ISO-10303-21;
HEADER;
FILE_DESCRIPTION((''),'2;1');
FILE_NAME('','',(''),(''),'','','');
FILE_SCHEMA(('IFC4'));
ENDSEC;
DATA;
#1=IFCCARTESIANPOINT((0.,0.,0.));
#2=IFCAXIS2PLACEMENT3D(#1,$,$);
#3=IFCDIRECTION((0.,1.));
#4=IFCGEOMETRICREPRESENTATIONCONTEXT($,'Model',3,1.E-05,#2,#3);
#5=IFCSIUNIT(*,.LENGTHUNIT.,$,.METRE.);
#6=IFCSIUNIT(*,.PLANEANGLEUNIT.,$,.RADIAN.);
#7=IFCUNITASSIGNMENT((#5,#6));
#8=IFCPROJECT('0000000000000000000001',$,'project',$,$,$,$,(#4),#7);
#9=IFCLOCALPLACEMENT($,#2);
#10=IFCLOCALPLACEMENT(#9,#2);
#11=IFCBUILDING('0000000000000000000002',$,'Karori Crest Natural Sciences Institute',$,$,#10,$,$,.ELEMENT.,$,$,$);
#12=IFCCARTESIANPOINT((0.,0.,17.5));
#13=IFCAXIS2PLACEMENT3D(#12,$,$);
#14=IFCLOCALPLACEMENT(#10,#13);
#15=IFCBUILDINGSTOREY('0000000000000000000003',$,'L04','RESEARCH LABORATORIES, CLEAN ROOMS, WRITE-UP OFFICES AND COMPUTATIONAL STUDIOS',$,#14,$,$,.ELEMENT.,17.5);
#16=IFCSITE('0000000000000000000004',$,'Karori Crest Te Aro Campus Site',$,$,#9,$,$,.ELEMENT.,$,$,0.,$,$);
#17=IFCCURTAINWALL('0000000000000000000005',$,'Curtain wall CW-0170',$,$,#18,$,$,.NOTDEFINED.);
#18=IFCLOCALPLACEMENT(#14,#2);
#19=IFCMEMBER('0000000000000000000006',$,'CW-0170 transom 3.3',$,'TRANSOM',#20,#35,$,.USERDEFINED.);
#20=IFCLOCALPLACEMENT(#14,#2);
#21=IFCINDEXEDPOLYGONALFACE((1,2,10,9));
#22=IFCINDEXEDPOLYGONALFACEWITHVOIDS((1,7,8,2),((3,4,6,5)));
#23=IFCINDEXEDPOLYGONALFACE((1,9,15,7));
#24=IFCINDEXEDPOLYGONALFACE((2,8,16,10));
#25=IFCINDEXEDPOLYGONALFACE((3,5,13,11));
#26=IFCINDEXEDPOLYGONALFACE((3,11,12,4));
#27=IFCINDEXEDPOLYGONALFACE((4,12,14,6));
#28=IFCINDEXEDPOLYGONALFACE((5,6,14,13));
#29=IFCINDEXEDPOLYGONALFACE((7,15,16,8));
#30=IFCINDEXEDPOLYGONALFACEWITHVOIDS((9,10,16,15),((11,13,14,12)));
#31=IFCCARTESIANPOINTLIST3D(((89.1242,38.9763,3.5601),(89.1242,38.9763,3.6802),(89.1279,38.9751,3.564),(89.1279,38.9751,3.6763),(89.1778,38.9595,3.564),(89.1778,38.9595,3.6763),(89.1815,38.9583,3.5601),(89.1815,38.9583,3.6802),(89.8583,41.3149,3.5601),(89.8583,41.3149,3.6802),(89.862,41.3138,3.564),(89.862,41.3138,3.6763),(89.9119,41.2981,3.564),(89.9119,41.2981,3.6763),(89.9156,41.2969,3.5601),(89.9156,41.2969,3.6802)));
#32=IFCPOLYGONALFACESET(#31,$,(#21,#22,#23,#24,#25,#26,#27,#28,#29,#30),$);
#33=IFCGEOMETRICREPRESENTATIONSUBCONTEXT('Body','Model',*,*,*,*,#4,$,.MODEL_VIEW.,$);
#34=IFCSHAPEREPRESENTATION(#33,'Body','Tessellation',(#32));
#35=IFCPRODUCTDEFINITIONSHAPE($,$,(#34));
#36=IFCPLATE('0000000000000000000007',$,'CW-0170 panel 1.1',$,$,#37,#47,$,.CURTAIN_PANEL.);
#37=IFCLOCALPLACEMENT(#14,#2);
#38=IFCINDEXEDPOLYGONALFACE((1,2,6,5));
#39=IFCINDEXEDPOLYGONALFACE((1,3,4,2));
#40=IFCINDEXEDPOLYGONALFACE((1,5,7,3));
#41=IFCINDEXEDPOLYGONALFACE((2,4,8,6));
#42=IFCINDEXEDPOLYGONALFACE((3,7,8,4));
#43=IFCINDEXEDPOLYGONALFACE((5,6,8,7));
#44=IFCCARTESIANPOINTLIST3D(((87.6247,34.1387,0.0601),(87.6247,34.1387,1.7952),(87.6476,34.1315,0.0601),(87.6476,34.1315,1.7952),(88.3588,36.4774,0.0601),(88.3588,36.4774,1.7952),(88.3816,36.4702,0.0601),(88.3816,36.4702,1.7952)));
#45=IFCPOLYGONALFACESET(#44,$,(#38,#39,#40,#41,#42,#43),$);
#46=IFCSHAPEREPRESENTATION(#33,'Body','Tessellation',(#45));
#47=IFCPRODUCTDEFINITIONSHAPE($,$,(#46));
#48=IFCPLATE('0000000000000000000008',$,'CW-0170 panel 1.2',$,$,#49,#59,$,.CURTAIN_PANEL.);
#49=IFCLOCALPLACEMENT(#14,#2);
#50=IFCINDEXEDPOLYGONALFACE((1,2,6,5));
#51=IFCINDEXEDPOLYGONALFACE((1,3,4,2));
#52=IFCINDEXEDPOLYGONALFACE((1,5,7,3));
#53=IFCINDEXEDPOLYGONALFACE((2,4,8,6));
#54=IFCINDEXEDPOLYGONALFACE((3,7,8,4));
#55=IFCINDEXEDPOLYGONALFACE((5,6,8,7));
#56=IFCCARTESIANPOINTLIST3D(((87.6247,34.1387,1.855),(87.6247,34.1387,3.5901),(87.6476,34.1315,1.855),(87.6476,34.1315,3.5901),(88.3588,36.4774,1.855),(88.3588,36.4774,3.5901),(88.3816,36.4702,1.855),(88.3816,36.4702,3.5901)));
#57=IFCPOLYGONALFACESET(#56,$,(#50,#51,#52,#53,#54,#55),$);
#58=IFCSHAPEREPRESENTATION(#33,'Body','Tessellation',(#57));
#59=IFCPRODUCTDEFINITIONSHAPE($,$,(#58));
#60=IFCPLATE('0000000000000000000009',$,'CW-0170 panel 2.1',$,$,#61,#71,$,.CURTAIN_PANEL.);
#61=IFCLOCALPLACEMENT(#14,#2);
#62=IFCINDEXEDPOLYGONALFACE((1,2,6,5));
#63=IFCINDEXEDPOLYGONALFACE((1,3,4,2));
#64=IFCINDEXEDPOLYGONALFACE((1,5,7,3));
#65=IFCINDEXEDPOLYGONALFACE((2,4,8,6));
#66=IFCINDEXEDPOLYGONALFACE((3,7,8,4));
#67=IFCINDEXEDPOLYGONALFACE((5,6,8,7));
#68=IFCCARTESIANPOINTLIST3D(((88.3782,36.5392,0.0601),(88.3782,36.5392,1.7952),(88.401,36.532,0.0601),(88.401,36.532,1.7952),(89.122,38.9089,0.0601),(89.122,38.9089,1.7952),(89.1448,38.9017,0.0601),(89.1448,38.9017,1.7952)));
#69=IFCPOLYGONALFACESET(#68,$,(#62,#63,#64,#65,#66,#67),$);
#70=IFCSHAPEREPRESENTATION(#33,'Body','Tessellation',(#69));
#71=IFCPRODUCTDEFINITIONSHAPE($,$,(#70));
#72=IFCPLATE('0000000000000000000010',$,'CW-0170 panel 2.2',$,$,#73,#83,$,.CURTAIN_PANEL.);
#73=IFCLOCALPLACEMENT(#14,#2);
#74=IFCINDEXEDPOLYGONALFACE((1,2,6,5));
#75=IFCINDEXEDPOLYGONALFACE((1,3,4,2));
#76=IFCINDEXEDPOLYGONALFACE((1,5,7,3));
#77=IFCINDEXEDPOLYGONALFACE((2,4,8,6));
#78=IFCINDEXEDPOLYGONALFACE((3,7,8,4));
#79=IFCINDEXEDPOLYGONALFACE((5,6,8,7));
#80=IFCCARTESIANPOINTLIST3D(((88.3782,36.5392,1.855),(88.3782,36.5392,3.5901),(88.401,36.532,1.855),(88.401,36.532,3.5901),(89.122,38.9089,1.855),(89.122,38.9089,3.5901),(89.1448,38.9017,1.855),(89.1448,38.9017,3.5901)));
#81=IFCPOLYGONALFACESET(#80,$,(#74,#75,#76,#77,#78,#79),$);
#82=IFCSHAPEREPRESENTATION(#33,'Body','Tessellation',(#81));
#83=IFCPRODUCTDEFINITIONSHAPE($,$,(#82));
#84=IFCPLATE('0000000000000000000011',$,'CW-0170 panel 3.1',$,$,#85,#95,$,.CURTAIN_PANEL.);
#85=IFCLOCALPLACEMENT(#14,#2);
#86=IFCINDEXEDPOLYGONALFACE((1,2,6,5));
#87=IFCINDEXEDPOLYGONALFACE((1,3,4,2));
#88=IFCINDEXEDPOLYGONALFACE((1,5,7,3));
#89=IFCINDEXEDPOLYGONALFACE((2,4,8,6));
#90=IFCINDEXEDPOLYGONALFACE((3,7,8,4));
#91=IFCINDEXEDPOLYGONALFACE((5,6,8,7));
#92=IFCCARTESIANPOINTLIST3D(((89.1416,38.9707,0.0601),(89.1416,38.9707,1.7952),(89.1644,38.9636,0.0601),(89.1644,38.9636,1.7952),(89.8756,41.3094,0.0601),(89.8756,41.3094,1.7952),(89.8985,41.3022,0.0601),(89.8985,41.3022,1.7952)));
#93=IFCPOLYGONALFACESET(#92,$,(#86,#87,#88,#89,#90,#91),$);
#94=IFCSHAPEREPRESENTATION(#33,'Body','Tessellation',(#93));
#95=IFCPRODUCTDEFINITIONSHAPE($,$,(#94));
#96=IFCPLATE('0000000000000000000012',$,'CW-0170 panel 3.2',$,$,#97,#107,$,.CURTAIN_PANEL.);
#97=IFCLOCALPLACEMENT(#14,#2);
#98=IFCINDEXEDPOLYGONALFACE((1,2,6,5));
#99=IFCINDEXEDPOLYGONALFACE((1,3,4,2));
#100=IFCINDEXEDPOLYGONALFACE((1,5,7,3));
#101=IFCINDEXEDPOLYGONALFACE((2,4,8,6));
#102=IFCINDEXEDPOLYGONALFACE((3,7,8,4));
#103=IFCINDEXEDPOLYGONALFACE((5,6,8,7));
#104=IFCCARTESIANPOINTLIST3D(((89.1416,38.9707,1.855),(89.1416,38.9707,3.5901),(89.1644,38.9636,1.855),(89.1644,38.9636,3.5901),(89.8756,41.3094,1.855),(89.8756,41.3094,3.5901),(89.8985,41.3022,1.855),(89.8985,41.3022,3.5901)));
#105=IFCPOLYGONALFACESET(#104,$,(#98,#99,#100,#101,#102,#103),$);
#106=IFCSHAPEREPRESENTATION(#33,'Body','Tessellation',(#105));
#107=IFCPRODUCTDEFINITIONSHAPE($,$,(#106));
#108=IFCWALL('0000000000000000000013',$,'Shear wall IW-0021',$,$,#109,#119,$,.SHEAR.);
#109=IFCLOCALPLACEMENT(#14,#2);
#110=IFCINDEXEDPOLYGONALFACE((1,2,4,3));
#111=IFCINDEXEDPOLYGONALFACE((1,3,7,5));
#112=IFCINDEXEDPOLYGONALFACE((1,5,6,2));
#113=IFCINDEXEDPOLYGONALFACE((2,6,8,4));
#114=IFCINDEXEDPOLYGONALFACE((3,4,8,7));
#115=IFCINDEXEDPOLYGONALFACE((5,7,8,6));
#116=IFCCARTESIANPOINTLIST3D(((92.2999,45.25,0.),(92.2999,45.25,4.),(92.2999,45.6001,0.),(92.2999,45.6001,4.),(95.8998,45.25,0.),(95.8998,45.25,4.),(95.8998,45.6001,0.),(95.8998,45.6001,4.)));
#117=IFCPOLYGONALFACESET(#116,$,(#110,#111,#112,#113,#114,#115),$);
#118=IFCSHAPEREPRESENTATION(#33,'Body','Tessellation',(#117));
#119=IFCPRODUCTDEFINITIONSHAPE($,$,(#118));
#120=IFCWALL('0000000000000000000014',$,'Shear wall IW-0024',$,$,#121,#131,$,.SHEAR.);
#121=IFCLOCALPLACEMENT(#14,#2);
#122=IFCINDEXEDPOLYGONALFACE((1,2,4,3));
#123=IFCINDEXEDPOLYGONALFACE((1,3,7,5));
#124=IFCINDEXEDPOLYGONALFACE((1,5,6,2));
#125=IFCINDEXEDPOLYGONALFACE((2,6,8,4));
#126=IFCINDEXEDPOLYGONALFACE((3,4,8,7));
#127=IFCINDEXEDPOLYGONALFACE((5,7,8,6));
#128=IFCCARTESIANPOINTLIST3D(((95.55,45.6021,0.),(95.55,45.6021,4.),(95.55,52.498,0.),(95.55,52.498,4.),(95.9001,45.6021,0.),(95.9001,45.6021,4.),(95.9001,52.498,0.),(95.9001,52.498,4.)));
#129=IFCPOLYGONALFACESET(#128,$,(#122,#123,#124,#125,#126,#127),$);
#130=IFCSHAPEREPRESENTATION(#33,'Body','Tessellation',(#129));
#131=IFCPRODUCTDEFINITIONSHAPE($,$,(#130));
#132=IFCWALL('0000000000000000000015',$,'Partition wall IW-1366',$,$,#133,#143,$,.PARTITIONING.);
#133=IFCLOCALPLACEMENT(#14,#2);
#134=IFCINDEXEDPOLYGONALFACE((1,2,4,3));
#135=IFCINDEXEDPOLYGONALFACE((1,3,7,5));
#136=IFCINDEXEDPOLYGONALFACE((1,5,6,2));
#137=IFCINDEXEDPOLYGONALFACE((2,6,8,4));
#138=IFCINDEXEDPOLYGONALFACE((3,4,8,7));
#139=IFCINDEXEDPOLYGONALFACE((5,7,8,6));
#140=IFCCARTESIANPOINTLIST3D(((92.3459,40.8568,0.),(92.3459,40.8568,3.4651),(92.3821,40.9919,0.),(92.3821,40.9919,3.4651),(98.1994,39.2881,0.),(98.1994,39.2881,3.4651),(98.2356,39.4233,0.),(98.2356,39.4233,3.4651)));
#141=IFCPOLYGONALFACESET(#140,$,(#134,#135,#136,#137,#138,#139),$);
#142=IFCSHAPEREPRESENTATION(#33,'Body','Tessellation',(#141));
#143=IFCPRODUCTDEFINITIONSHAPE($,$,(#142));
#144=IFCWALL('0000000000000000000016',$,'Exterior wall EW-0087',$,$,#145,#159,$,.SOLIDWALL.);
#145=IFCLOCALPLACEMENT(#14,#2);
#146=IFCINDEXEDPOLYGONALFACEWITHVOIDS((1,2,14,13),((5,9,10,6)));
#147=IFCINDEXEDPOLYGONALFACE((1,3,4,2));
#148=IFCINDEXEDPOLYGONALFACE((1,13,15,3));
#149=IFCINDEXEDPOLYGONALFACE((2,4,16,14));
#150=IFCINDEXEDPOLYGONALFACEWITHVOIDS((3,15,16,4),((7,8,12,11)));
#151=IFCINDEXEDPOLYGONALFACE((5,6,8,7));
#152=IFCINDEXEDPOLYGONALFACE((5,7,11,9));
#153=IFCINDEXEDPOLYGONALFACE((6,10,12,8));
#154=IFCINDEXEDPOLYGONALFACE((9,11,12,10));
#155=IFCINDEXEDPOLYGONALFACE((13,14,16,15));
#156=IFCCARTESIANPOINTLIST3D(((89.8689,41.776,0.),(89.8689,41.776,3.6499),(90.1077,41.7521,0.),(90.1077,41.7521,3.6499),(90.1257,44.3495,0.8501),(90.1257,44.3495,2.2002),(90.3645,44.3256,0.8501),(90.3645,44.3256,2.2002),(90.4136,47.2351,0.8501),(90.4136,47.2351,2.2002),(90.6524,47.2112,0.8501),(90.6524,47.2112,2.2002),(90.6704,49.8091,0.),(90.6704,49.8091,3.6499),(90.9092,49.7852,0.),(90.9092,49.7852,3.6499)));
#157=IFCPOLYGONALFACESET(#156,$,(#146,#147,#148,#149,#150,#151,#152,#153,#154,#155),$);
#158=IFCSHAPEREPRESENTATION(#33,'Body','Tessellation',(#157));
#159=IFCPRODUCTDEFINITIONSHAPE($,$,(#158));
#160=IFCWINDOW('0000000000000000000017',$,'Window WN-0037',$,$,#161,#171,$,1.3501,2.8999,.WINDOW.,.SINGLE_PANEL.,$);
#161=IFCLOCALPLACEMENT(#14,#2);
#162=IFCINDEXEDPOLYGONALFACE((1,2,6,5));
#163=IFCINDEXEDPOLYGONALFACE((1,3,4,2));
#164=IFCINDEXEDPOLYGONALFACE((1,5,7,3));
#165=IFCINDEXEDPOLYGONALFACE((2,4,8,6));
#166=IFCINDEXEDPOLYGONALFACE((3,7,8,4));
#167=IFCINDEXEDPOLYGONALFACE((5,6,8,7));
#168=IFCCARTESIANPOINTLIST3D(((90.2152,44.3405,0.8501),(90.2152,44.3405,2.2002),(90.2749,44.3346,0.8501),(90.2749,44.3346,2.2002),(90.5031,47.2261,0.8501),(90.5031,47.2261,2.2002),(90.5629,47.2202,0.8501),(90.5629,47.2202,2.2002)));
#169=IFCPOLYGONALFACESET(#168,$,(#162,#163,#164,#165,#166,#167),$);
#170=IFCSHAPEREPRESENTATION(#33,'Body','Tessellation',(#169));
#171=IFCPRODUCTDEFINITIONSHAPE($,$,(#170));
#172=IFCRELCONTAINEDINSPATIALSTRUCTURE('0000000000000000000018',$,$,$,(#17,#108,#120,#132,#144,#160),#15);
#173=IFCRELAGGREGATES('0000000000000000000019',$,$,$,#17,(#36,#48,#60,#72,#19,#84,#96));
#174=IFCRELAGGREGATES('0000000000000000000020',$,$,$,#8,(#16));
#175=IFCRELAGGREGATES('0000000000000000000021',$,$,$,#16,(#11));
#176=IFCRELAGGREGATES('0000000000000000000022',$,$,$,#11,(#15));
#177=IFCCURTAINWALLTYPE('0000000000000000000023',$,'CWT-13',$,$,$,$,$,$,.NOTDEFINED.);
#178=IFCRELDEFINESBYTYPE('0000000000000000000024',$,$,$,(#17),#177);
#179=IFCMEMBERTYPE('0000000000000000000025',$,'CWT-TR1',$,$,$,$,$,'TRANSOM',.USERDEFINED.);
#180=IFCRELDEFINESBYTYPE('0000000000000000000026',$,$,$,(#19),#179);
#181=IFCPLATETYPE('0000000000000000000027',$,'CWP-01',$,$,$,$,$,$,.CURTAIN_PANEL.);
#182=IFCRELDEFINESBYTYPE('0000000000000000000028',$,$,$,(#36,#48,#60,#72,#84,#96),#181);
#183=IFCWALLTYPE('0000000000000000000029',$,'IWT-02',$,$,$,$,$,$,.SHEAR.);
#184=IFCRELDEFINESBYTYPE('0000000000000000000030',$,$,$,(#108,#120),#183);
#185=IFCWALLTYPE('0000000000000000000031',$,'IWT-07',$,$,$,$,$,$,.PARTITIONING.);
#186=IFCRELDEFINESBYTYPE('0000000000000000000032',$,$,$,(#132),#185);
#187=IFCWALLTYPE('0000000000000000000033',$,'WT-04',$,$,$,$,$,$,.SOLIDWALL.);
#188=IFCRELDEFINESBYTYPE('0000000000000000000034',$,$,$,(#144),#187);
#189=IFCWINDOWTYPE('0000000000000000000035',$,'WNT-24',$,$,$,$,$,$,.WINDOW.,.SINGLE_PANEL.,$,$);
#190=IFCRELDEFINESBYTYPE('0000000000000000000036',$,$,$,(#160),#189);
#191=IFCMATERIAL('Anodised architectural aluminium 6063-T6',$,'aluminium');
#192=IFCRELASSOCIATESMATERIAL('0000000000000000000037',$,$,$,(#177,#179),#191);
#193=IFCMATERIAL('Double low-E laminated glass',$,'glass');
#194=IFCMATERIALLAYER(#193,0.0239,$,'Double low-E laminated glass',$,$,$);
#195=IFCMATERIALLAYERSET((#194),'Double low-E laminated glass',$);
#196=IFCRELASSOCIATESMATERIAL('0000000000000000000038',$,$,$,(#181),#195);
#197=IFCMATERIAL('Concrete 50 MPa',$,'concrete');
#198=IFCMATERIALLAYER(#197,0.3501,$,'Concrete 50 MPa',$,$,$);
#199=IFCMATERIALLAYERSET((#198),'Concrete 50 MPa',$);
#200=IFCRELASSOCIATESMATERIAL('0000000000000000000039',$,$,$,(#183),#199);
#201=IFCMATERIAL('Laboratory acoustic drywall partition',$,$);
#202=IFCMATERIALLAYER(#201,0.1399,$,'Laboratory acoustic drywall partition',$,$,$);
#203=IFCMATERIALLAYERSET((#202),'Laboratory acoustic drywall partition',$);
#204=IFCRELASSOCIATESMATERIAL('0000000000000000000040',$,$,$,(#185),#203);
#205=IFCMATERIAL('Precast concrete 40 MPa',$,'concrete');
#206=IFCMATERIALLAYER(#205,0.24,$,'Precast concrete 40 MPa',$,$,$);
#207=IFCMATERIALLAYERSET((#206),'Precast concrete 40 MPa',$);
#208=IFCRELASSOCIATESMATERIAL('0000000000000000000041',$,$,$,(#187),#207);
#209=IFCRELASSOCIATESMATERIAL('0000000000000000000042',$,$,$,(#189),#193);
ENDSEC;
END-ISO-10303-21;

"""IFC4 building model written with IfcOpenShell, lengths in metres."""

from ifc_helpers import new_model, si_unit, direction, frame, frame_2d, origin, origin_2d, place, context, subcontext, project, spatial, rectangle, hollow_rectangle, extrude, material, layer, layer_set, material_profile, profile_set, type_object, element, fill, aggregate, save


model = new_model("IFC4")

# Units and contexts
model_context = context("Model", 3, precision=1e-05, world=origin(), true_north=direction((0.0, 1.0)))
body_context = subcontext(model_context, "Body", "Model", "MODEL_VIEW")
ifc_project = project(units=[si_unit("LENGTHUNIT", "METRE"), si_unit("PLANEANGLEUNIT", "RADIAN")], contexts=[model_context])

# Site, building, storey
site_placement = place(None, origin())
site = spatial("IfcSite", under=ifc_project, at=site_placement, Name="Karori Crest Te Aro Campus Site", CompositionType="ELEMENT", RefElevation=0.0)
building_placement = place(site_placement, origin())
building = spatial("IfcBuilding", under=site, at=building_placement, Name="Karori Crest Natural Sciences Institute", CompositionType="ELEMENT")
storey_placement = place(building_placement, frame((0.0, 0.0, 17.5)))
storey = spatial("IfcBuildingStorey", under=building, at=storey_placement, Name="L04", Description="RESEARCH LABORATORIES, CLEAN ROOMS, WRITE-UP OFFICES AND COMPUTATIONAL STUDIOS", CompositionType="ELEMENT", Elevation=17.5)

# Shared definitions
ifc_material_1 = material(Name="Concrete 50 MPa", Category="concrete")

# Shared definitions
ifc_material_2 = material(Name="Anodised architectural aluminium 6063-T6", Category="aluminium")

# Curtain wall
curtain_wall_type_1 = type_object("IfcCurtainWallType", Name="CWT-13", PredefinedType="NOTDEFINED", material=ifc_material_2)
curtain_wall_1_placement = place(storey_placement, origin())
curtain_wall_1 = element("IfcCurtainWall", 1, at=curtain_wall_1_placement, inside=storey, type_object=curtain_wall_type_1, Name="Curtain wall CW-0170", PredefinedType="NOTDEFINED")

# Member
ifc_material_profile_1 = material_profile(ifc_material_2, hollow_rectangle(XDim=0.0601, YDim=0.1201, WallThickness=0.0039, at=origin_2d()), Name="CWT120x60x4")
ifc_profile_set_1 = profile_set([ifc_material_profile_1], Name="Anodised architectural aluminium 6063-T6")
member_type_1 = type_object("IfcMemberType", Name="CWT-TR1", ElementType="TRANSOM", PredefinedType="USERDEFINED", material=ifc_profile_set_1)
member_1_placement = place(storey_placement, frame((89.1528, 38.9673, 3.6201), z_axis=(0.299505, 0.954095, 0.0), x_axis=(-0.954095, 0.299505, 0.0)))
member_1 = element("IfcMember", 2, at=member_1_placement, type_object=member_type_1, Name="CW-0170 transom 3.3", ObjectType="TRANSOM", PredefinedType="USERDEFINED", context=body_context, shape_type="SweptSolid", body=[
    extrude(hollow_rectangle(XDim=0.0601, YDim=0.1201, WallThickness=0.0039, at=origin_2d()), origin(), (0.0, 0.0, 1.0), 2.4512),
])

# Plates
ifc_material_3 = material(Name="Double low-E laminated glass", Category="glass")
ifc_layer_1 = layer(ifc_material_3, 0.0239, Name="Double low-E laminated glass")
ifc_layer_set_1 = layer_set([ifc_layer_1], Name="Double low-E laminated glass")
plate_type = type_object("IfcPlateType", Name="CWP-01", PredefinedType="CURTAIN_PANEL", material=ifc_layer_set_1)
plate_1_placement = place(storey_placement, frame((88.0032, 35.3044, 0.0601), z_axis=(0.0, 0.0, 1.0), x_axis=(0.299475, 0.954104, 0.0)))
plate_1 = element("IfcPlate", 3, at=plate_1_placement, type_object=plate_type, Name="CW-0170 panel 1.1", PredefinedType="CURTAIN_PANEL", context=body_context, shape_type="SweptSolid", body=[
    extrude(rectangle(XDim=2.4512, YDim=0.0239, at=origin_2d()), origin(), (0.0, 0.0, 1.0), 1.7351),
])
plate_2_placement = place(storey_placement, frame((88.0032, 35.3044, 1.855), z_axis=(0.0, 0.0, 1.0), x_axis=(0.299475, 0.954104, 0.0)))
plate_2 = element("IfcPlate", 4, at=plate_2_placement, type_object=plate_type, Name="CW-0170 panel 1.2", PredefinedType="CURTAIN_PANEL", context=body_context, shape_type="SweptSolid", body=[
    extrude(rectangle(XDim=2.4512, YDim=0.0239, at=origin_2d()), origin(), (0.0, 0.0, 1.0), 1.7351),
])
plate_3_placement = place(storey_placement, frame((88.7615, 37.7205, 0.0601), z_axis=(0.0, 0.0, 1.0), x_axis=(0.299475, 0.954104, 0.0)))
plate_3 = element("IfcPlate", 5, at=plate_3_placement, type_object=plate_type, Name="CW-0170 panel 2.1", PredefinedType="CURTAIN_PANEL", context=body_context, shape_type="SweptSolid", body=[
    extrude(rectangle(XDim=2.4836, YDim=0.0239, at=origin_2d()), origin(), (0.0, 0.0, 1.0), 1.7351),
])
plate_4_placement = place(storey_placement, frame((88.7615, 37.7205, 1.855), z_axis=(0.0, 0.0, 1.0), x_axis=(0.299475, 0.954104, 0.0)))
plate_4 = element("IfcPlate", 6, at=plate_4_placement, type_object=plate_type, Name="CW-0170 panel 2.2", PredefinedType="CURTAIN_PANEL", context=body_context, shape_type="SweptSolid", body=[
    extrude(rectangle(XDim=2.4836, YDim=0.0239, at=origin_2d()), origin(), (0.0, 0.0, 1.0), 1.7351),
])
plate_5_placement = place(storey_placement, frame((89.52, 40.1365, 0.0601), z_axis=(0.0, 0.0, 1.0), x_axis=(0.299475, 0.954104, 0.0)))
plate_5 = element("IfcPlate", 7, at=plate_5_placement, type_object=plate_type, Name="CW-0170 panel 3.1", PredefinedType="CURTAIN_PANEL", context=body_context, shape_type="SweptSolid", body=[
    extrude(rectangle(XDim=2.4512, YDim=0.0239, at=origin_2d()), origin(), (0.0, 0.0, 1.0), 1.7351),
])
plate_6_placement = place(storey_placement, frame((89.52, 40.1365, 1.855), z_axis=(0.0, 0.0, 1.0), x_axis=(0.299475, 0.954104, 0.0)))
plate_6 = element("IfcPlate", 8, at=plate_6_placement, type_object=plate_type, Name="CW-0170 panel 3.2", PredefinedType="CURTAIN_PANEL", context=body_context, shape_type="SweptSolid", body=[
    extrude(rectangle(XDim=2.4512, YDim=0.0239, at=origin_2d()), origin(), (0.0, 0.0, 1.0), 1.7351),
])
aggregate(curtain_wall_1, [plate_1, plate_2, plate_3, plate_4, member_1, plate_5, plate_6])

# Wall
ifc_layer_2 = layer(ifc_material_1, 0.3501, Name="Concrete 50 MPa")
ifc_layer_set_2 = layer_set([ifc_layer_2], Name="Concrete 50 MPa")
wall_type_1 = type_object("IfcWallType", Name="IWT-02", PredefinedType="SHEAR", material=ifc_layer_set_2)
wall_1_placement = place(storey_placement, frame((92.3, 45.425, 0.0), z_axis=(0.0, 0.0, 1.0), x_axis=(1.0, 0.0, 0.0)))
element("IfcWall", 9, at=wall_1_placement, inside=storey, type_object=wall_type_1, Name="Shear wall IW-0021", PredefinedType="SHEAR", context=body_context, shape_type="SweptSolid", body=[
    extrude(rectangle(XDim=3.5999, YDim=0.3501, at=frame_2d((1.7998, 0.0))), origin(), (0.0, 0.0, 1.0), 4.0),
])

# Walls
wall_2_placement = place(storey_placement, frame((95.7251, 45.6021, 0.0), z_axis=(0.0, 0.0, 1.0), x_axis=(0.0, 1.0, 0.0)))
element("IfcWall", 10, at=wall_2_placement, inside=storey, type_object=wall_type_1, Name="Shear wall IW-0024", PredefinedType="SHEAR", context=body_context, shape_type="SweptSolid", body=[
    extrude(rectangle(XDim=6.896, YDim=0.3501, at=frame_2d((3.448, 0.0))), origin(), (0.0, 0.0, 1.0), 4.0),
])
ifc_material_4 = material(Name="Laboratory acoustic drywall partition")
ifc_layer_3 = layer(ifc_material_4, 0.1399, Name="Laboratory acoustic drywall partition")
ifc_layer_set_3 = layer_set([ifc_layer_3], Name="Laboratory acoustic drywall partition")
wall_type_2 = type_object("IfcWallType", Name="IWT-07", PredefinedType="PARTITIONING", material=ifc_layer_set_3)
wall_3_placement = place(storey_placement, frame((92.364, 40.9243, 0.0), z_axis=(0.0, 0.0, 1.0), x_axis=(0.965919, -0.258843, 0.0)))
element("IfcWall", 11, at=wall_3_placement, inside=storey, type_object=wall_type_2, Name="Partition wall IW-1366", PredefinedType="PARTITIONING", context=body_context, shape_type="SweptSolid", body=[
    extrude(rectangle(XDim=6.0601, YDim=0.1399, at=frame_2d((3.03, 0.0))), origin(), (0.0, 0.0, 1.0), 3.4651),
])

# Wall, opening, window
ifc_material_5 = material(Name="Precast concrete 40 MPa", Category="concrete")
ifc_layer_4 = layer(ifc_material_5, 0.24, Name="Precast concrete 40 MPa")
ifc_layer_set_4 = layer_set([ifc_layer_4], Name="Precast concrete 40 MPa")
wall_type_3 = type_object("IfcWallType", Name="WT-04", PredefinedType="SOLIDWALL", material=ifc_layer_set_4)
wall_4_placement = place(storey_placement, frame((89.9883, 41.7639, 0.0), z_axis=(0.0, 0.0, 1.0), x_axis=(0.099282, 0.995059, 0.0)))
wall_4 = element("IfcWall", 12, at=wall_4_placement, inside=storey, type_object=wall_type_3, Name="Exterior wall EW-0087", PredefinedType="SOLIDWALL", context=body_context, shape_type="SweptSolid", body=[
    extrude(rectangle(XDim=8.073, YDim=0.24, at=frame_2d((4.0366, 0.0))), origin(), (0.0, 0.0, 1.0), 3.6499),
])
opening_1_placement = place(wall_4_placement, frame((2.5864, 0.0, 0.8501)))
opening_1 = element("IfcOpeningElement", 13, at=opening_1_placement, cuts=wall_4, PredefinedType="OPENING", context=body_context, shape_type="SweptSolid", body=[
    extrude(rectangle(XDim=2.8999, YDim=1.3501, at=frame_2d((1.45, 0.675))), frame((0.0, 0.1299, 0.0), z_axis=(0.0, -1.0, 0.0), x_axis=(1.0, 0.0, 0.0)), (0.0, 0.0, 1.0), 0.26),
])
window_type = type_object("IfcWindowType", Name="WNT-24", PartitioningType="SINGLE_PANEL", PredefinedType="WINDOW", material=ifc_material_3)
window_placement = place(opening_1_placement, origin())
window = element("IfcWindow", 14, at=window_placement, inside=storey, type_object=window_type, Name="Window WN-0037", OverallHeight=1.3501, OverallWidth=2.8999, PartitioningType="SINGLE_PANEL", PredefinedType="WINDOW", context=body_context, shape_type="SweptSolid", body=[
    extrude(rectangle(XDim=2.8999, YDim=1.3501, at=frame_2d((1.45, 0.675))), frame((0.0, 0.03, 0.0), z_axis=(0.0, -1.0, 0.0), x_axis=(1.0, 0.0, 0.0)), (0.0, 0.0, 1.0), 0.0601),
])
fill(opening_1, window)

save(model, "model.ifc")
